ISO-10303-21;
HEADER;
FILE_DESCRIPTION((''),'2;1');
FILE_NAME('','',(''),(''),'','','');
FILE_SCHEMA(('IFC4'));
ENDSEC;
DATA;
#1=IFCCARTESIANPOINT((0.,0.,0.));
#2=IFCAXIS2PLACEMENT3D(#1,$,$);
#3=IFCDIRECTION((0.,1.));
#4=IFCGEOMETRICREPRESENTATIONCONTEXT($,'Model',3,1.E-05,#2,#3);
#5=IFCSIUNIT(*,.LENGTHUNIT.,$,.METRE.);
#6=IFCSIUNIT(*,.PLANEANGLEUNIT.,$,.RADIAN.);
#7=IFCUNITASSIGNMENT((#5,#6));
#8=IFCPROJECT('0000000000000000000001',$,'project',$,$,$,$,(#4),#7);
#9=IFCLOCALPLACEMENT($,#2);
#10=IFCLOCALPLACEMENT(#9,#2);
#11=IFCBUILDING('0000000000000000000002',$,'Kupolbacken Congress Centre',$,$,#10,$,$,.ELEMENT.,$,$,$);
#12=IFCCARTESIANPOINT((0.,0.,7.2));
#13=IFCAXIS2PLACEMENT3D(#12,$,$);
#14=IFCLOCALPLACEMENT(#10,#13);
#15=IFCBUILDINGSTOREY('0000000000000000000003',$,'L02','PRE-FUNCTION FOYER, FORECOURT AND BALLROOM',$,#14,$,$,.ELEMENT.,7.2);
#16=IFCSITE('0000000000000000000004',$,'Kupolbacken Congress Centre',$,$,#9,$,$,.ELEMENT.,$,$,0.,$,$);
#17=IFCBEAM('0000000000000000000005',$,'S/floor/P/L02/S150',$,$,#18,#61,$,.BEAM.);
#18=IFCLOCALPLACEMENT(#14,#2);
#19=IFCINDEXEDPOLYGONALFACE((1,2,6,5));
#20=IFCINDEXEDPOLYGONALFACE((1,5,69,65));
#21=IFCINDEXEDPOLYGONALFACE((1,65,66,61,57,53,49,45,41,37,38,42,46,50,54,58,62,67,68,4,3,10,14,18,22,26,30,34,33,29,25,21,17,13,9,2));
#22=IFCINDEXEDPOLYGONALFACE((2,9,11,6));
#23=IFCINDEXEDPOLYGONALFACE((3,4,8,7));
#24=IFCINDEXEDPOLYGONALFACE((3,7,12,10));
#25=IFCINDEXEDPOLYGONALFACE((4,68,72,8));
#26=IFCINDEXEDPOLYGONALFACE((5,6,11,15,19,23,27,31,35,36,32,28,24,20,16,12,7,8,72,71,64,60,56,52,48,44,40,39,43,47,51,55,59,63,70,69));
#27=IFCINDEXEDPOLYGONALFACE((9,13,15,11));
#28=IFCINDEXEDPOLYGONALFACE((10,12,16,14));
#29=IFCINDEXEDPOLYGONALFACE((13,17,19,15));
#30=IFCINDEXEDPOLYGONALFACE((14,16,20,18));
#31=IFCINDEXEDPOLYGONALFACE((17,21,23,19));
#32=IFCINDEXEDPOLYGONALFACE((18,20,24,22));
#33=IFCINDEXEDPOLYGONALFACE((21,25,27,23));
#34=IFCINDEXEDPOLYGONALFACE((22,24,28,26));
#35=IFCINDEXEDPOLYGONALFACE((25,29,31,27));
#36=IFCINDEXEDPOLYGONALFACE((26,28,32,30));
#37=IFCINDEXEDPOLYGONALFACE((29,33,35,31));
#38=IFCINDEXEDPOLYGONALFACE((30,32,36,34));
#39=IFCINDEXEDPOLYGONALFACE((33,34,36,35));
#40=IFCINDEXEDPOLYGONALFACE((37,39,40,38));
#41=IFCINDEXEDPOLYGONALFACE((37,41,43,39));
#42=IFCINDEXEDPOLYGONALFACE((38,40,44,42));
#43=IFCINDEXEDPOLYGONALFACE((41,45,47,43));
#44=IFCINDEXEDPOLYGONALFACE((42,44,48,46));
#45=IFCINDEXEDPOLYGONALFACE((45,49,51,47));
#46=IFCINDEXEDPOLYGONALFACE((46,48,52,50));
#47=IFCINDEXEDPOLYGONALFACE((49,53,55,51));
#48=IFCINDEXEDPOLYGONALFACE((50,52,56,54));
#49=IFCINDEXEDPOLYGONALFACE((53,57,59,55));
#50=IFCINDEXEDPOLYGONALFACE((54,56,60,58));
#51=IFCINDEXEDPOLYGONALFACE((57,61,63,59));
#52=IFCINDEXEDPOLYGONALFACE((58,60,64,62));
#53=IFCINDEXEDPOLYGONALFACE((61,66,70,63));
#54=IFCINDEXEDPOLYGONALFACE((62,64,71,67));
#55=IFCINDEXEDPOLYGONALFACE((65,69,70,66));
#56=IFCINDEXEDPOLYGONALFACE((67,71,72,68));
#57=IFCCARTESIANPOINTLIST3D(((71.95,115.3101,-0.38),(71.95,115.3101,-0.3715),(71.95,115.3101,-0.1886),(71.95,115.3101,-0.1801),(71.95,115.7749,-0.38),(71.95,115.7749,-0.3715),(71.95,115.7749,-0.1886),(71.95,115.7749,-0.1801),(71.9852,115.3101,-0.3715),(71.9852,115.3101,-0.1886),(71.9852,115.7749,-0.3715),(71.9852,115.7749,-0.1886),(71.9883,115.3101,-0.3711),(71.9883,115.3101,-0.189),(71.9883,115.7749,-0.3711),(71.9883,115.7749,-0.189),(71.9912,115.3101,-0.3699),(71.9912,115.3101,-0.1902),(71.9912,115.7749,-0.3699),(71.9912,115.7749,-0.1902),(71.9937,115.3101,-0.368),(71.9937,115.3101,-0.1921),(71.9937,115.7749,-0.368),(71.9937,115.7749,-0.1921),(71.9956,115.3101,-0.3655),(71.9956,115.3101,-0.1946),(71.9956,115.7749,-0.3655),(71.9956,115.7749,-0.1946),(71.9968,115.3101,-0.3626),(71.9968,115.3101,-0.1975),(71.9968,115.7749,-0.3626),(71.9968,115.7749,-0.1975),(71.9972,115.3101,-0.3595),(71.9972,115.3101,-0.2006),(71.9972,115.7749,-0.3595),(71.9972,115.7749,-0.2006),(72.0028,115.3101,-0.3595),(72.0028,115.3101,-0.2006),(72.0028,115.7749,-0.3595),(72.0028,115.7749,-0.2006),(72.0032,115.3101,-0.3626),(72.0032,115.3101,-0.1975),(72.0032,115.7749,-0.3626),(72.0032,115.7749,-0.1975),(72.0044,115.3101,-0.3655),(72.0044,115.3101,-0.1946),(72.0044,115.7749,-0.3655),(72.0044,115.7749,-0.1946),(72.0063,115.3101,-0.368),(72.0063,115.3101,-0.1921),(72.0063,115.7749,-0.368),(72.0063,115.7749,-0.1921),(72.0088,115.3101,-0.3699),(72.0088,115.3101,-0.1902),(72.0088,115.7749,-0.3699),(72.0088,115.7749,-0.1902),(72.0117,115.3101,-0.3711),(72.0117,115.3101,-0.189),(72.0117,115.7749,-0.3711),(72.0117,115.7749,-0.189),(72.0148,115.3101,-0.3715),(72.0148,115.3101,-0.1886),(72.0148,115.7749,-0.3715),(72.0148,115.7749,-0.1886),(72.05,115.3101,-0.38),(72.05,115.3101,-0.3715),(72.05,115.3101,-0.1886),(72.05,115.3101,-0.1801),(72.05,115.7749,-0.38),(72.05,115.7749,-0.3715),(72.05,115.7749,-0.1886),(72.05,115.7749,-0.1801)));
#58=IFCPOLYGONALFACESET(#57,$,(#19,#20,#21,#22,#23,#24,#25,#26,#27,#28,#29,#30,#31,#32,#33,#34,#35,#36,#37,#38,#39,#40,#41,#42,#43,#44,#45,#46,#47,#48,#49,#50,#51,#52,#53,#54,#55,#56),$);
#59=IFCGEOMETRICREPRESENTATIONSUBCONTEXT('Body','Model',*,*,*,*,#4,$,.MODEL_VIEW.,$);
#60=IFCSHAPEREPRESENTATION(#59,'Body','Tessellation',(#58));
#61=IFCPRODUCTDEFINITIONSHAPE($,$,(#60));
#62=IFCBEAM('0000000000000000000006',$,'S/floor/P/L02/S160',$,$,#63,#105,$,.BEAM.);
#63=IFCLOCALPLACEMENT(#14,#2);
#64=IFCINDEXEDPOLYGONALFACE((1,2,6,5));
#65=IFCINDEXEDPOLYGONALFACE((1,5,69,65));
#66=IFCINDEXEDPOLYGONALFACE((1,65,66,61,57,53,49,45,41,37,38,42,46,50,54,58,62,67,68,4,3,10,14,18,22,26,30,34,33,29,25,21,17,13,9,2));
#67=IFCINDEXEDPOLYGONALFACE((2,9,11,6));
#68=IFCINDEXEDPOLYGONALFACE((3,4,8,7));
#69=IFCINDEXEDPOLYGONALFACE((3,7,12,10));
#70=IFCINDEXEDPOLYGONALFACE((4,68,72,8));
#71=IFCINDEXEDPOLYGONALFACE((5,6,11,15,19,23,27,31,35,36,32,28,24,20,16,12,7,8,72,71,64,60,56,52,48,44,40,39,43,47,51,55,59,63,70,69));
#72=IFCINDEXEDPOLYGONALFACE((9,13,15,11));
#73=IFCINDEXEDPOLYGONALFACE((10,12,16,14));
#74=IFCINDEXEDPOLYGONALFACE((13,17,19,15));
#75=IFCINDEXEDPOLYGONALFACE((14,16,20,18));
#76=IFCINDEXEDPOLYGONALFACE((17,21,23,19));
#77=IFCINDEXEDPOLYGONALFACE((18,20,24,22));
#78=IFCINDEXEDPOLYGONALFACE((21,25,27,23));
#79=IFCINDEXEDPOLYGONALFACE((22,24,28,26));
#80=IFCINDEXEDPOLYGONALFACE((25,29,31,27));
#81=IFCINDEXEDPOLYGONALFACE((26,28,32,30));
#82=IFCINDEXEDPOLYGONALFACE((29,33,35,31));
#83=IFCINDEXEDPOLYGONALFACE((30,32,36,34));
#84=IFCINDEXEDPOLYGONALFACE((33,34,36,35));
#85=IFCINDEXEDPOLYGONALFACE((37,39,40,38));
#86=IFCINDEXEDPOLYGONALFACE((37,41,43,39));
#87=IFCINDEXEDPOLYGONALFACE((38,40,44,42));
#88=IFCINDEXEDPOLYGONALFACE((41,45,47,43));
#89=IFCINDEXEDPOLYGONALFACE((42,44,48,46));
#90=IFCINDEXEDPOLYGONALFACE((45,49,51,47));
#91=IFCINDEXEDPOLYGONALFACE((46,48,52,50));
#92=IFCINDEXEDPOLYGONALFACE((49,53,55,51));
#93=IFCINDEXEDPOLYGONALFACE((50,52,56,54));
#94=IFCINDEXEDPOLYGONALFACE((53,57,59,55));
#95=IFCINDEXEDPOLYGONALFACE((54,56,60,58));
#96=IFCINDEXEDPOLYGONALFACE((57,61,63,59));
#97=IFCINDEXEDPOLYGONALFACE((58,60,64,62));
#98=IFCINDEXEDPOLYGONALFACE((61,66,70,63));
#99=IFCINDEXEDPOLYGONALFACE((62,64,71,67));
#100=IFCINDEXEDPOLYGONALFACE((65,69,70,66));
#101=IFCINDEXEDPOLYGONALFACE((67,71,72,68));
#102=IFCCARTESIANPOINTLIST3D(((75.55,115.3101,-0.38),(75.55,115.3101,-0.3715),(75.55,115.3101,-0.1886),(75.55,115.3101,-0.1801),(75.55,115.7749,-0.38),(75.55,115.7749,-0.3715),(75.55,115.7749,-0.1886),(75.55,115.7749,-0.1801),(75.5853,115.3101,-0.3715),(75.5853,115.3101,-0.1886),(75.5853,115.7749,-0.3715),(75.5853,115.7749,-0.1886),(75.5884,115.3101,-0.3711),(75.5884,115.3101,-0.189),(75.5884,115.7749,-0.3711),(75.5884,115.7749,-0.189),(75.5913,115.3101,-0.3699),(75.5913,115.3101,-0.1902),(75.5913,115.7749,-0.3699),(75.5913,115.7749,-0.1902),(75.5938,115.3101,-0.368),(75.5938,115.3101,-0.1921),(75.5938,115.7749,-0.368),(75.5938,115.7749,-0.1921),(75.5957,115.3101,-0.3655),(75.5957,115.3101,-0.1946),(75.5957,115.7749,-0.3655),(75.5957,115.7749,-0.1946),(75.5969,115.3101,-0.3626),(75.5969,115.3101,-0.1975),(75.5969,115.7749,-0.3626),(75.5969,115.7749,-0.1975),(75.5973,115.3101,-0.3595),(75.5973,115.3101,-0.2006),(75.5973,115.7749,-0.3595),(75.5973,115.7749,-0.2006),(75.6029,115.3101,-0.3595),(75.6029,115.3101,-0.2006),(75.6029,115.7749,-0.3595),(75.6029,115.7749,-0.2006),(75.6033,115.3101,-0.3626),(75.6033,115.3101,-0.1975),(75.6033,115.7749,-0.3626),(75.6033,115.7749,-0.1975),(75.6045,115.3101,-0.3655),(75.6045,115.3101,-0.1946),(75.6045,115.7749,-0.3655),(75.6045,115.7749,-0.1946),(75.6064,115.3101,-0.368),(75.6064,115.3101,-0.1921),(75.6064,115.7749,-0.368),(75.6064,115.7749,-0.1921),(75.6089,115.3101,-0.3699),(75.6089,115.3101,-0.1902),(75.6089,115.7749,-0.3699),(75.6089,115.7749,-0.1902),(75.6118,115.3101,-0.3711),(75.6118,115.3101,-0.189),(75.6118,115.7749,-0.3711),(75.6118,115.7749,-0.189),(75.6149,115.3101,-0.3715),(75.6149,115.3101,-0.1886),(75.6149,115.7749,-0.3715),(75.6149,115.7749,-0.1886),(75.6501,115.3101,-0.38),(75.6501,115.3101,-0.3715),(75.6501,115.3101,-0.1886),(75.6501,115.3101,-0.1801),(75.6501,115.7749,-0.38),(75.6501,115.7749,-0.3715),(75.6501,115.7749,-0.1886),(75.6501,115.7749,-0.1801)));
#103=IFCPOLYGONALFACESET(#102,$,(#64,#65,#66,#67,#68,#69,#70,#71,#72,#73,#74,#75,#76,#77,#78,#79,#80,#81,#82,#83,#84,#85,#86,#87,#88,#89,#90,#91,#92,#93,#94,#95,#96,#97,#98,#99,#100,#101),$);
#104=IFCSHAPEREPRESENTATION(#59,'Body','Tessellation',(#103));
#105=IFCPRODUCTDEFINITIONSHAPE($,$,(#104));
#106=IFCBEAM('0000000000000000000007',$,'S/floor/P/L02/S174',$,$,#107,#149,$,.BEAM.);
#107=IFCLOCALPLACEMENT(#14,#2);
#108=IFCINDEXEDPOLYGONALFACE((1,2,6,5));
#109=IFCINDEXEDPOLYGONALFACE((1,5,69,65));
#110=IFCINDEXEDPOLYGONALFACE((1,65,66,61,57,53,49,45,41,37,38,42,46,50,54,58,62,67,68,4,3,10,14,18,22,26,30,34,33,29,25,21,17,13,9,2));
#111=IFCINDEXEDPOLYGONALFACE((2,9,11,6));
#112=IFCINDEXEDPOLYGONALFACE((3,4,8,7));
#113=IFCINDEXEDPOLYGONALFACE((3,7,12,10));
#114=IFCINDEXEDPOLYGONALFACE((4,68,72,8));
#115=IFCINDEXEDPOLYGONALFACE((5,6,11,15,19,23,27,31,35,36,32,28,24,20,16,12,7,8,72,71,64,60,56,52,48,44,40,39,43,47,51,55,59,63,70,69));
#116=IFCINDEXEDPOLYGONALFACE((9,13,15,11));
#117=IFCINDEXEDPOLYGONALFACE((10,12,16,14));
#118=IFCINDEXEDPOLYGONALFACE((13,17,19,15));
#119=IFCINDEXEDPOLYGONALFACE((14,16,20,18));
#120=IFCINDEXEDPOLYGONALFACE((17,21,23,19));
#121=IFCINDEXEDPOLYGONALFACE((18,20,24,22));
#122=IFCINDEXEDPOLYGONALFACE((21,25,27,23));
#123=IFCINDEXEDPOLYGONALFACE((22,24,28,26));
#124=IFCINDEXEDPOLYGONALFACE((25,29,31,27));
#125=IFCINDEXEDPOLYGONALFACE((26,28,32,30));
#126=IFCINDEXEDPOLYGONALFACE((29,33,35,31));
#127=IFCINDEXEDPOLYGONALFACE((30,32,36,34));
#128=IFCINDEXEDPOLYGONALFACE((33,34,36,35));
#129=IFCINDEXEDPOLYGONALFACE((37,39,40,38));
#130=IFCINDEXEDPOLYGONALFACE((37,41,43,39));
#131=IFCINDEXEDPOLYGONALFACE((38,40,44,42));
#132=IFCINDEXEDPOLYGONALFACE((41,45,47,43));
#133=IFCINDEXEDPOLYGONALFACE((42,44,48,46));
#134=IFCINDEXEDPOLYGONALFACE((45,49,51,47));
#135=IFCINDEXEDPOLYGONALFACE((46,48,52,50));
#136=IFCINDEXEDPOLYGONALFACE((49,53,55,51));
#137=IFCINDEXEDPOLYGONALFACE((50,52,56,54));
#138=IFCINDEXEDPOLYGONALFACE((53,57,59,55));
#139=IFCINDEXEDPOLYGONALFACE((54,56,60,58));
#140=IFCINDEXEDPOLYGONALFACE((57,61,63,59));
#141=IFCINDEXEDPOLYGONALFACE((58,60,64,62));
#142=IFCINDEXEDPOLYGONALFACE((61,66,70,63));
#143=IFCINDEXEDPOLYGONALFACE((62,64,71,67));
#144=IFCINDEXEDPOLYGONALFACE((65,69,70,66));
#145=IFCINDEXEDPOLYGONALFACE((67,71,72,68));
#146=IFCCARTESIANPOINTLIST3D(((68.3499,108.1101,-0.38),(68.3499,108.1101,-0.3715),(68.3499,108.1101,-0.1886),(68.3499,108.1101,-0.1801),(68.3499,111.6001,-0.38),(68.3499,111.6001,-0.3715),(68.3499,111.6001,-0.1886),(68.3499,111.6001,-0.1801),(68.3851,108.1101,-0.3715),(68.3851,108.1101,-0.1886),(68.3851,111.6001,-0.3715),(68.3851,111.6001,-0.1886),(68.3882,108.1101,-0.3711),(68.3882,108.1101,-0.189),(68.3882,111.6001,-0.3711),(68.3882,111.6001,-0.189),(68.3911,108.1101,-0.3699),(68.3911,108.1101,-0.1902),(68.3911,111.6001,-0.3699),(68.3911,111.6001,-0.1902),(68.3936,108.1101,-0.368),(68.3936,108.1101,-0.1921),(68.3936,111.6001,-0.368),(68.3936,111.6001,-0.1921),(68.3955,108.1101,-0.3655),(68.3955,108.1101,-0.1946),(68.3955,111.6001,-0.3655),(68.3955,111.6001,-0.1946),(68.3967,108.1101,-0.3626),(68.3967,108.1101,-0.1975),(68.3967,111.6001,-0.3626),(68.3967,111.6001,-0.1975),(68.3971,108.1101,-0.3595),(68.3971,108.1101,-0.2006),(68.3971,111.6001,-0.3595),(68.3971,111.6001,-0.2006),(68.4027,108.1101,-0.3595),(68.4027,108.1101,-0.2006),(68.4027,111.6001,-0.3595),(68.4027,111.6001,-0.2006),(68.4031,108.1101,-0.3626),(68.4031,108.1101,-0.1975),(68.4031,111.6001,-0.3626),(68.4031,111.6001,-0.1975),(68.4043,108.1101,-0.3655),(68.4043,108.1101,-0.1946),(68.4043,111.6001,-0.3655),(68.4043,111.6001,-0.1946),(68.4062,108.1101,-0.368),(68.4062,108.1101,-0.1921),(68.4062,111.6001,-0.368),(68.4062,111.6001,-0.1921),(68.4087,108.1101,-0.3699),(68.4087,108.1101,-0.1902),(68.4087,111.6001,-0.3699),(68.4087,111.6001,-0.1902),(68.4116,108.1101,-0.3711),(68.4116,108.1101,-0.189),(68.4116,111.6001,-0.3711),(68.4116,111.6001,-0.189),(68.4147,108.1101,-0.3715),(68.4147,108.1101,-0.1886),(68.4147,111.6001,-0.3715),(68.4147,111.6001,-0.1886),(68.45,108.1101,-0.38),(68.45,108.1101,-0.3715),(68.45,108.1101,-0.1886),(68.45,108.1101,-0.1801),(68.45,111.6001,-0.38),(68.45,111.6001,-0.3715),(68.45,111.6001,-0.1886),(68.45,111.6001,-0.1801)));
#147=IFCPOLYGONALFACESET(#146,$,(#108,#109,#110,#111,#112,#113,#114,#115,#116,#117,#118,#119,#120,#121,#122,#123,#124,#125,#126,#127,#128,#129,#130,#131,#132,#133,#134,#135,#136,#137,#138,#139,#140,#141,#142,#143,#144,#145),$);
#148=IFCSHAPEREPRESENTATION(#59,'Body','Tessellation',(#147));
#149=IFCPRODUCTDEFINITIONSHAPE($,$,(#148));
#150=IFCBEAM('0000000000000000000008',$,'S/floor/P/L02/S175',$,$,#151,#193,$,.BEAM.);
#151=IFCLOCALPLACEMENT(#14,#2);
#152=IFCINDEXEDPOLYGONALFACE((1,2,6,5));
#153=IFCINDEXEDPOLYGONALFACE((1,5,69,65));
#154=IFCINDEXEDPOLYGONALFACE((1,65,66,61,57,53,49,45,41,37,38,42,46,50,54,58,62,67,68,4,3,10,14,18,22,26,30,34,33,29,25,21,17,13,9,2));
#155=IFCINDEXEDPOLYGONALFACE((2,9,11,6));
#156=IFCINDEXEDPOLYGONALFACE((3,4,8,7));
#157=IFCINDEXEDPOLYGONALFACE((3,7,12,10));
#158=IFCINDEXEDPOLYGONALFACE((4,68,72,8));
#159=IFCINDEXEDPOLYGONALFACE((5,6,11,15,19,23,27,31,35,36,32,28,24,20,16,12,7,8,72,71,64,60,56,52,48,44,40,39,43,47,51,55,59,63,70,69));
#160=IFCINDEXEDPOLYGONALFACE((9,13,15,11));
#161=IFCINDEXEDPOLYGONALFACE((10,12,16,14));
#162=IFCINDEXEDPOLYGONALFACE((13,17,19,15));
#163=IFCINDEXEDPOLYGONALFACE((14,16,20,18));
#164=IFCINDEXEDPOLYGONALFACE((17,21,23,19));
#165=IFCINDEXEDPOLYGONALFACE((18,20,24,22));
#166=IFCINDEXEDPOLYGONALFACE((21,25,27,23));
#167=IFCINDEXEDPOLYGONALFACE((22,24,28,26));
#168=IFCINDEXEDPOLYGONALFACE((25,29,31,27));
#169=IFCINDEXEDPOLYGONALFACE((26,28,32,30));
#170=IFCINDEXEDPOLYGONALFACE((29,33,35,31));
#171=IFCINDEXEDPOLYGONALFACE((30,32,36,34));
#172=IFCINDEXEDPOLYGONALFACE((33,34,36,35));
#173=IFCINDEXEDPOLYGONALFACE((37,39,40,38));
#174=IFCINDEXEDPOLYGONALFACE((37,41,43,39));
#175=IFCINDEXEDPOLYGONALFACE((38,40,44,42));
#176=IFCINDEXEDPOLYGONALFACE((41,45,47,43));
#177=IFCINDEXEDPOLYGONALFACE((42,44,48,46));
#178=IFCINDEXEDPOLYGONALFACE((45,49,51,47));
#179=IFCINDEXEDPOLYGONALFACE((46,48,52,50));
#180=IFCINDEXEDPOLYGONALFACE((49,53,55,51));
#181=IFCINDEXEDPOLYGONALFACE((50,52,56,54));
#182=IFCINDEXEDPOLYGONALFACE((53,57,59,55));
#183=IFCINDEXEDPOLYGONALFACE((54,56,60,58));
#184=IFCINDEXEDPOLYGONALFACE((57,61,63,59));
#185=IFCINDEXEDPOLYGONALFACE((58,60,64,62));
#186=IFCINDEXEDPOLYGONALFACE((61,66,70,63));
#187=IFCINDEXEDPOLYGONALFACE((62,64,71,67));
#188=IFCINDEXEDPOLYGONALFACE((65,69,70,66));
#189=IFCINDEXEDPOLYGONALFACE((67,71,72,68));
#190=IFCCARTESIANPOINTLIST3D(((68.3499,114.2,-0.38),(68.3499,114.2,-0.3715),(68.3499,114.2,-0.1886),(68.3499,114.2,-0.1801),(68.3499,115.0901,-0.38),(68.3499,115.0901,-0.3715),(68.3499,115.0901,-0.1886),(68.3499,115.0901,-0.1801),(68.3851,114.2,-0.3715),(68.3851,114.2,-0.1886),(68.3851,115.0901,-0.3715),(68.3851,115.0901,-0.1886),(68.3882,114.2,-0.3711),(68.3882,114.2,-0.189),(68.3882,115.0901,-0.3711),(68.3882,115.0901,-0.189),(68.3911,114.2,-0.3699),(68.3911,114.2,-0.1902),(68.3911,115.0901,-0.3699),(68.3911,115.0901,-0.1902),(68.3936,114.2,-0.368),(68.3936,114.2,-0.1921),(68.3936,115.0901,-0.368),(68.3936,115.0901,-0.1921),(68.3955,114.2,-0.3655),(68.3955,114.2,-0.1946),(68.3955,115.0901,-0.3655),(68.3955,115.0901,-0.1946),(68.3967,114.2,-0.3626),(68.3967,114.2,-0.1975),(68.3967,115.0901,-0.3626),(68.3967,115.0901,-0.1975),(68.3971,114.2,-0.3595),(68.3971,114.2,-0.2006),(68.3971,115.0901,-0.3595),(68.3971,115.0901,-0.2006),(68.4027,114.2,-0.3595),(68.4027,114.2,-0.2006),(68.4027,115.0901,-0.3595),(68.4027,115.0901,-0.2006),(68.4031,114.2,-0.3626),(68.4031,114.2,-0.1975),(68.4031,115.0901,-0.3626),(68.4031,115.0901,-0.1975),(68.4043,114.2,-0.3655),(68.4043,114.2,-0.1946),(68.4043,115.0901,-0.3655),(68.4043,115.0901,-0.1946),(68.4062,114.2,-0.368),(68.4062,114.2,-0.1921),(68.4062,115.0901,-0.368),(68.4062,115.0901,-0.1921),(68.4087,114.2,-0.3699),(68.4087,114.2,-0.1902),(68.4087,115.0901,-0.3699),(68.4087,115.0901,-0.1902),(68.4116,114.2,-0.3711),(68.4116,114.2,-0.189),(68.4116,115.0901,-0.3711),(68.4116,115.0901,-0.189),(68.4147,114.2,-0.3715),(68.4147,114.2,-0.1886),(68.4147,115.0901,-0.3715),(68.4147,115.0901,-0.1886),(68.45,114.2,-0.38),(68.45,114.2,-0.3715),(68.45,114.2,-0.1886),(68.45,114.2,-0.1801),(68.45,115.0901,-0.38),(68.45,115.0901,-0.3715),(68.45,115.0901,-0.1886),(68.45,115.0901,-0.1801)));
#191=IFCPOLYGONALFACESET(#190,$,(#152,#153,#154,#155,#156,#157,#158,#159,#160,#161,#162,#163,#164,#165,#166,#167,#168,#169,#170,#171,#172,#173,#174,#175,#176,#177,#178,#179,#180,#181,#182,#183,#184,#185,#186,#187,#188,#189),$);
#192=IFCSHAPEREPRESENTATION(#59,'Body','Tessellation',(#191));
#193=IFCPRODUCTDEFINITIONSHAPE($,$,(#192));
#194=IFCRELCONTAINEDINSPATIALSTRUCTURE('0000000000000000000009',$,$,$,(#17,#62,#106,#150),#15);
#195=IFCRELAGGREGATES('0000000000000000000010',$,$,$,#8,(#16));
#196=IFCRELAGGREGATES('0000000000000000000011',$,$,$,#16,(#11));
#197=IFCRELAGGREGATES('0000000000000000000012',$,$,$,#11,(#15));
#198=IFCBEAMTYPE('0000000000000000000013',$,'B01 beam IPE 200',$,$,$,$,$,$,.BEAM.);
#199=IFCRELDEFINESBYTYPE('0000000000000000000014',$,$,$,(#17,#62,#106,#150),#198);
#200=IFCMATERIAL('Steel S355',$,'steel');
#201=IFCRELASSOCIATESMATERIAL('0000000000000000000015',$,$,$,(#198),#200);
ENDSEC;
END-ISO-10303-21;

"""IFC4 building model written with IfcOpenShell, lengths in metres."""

from ifc_helpers import new_model, si_unit, direction, frame, origin, origin_2d, place, context, subcontext, project, spatial, i_section, extrude, material, material_profile, profile_set, type_object, element, save


model = new_model("IFC4")

# Units and contexts
model_context = context("Model", 3, precision=1e-05, world=origin(), true_north=direction((0.0, 1.0)))
body_context = subcontext(model_context, "Body", "Model", "MODEL_VIEW")
ifc_project = project(units=[si_unit("LENGTHUNIT", "METRE"), si_unit("PLANEANGLEUNIT", "RADIAN")], contexts=[model_context])

# Site, building, storey
site_placement = place(None, origin())
site = spatial("IfcSite", under=ifc_project, at=site_placement, Name="Kupolbacken Congress Centre", CompositionType="ELEMENT", RefElevation=0.0)
building_placement = place(site_placement, origin())
building = spatial("IfcBuilding", under=site, at=building_placement, Name="Kupolbacken Congress Centre", CompositionType="ELEMENT")
storey_placement = place(building_placement, frame((0.0, 0.0, 7.2)))
storey = spatial("IfcBuildingStorey", under=building, at=storey_placement, Name="L02", Description="PRE-FUNCTION FOYER, FORECOURT AND BALLROOM", CompositionType="ELEMENT", Elevation=7.2)

# Beams
ifc_material_1 = material(Name="Steel S355", Category="steel")
ifc_material_profile_1 = material_profile(ifc_material_1, i_section(OverallWidth=0.1001, OverallDepth=0.2, WebThickness=0.0056, FlangeThickness=0.0085, FilletRadius=0.012, at=origin_2d()), Name="IPE 200")
ifc_profile_set_1 = profile_set([ifc_material_profile_1], Name="Steel S355")
beam_type_1 = type_object("IfcBeamType", Name="B01 beam IPE 200", PredefinedType="BEAM", material=ifc_profile_set_1)
for number, where, z_axis, x_axis, name in (
    (1, (72.0, 115.3101, -0.28), (0.0, 1.0, 0.0), (-1.0, 0.0, 0.0), "S/floor/P/L02/S150"),
    (2, (75.6001, 115.3101, -0.28), (0.0, 1.0, 0.0), (-1.0, 0.0, 0.0), "S/floor/P/L02/S160"),
):
    element("IfcBeam", number, at=place(storey_placement, frame(where, z_axis=z_axis, x_axis=x_axis)), inside=storey, type_object=beam_type_1, Name=name, PredefinedType="BEAM", context=body_context, shape_type="SweptSolid", body=[
        extrude(i_section(OverallWidth=0.1001, OverallDepth=0.2, WebThickness=0.0056, FlangeThickness=0.0085, FilletRadius=0.012, at=origin_2d()), origin(), (0.0, 0.0, 1.0), 0.4648),
    ])
beam_1_placement = place(storey_placement, frame((68.3999, 108.1101, -0.28), z_axis=(0.0, 1.0, 0.0), x_axis=(-1.0, 0.0, 0.0)))
element("IfcBeam", 3, at=beam_1_placement, inside=storey, type_object=beam_type_1, Name="S/floor/P/L02/S174", PredefinedType="BEAM", context=body_context, shape_type="SweptSolid", body=[
    extrude(i_section(OverallWidth=0.1001, OverallDepth=0.2, WebThickness=0.0056, FlangeThickness=0.0085, FilletRadius=0.012, at=origin_2d()), origin(), (0.0, 0.0, 1.0), 3.49),
])
beam_2_placement = place(storey_placement, frame((68.3999, 114.2, -0.28), z_axis=(0.0, 1.0, 0.0), x_axis=(-1.0, 0.0, 0.0)))
element("IfcBeam", 4, at=beam_2_placement, inside=storey, type_object=beam_type_1, Name="S/floor/P/L02/S175", PredefinedType="BEAM", context=body_context, shape_type="SweptSolid", body=[
    extrude(i_section(OverallWidth=0.1001, OverallDepth=0.2, WebThickness=0.0056, FlangeThickness=0.0085, FilletRadius=0.012, at=origin_2d()), origin(), (0.0, 0.0, 1.0), 0.8901),
])

save(model, "model.ifc")
